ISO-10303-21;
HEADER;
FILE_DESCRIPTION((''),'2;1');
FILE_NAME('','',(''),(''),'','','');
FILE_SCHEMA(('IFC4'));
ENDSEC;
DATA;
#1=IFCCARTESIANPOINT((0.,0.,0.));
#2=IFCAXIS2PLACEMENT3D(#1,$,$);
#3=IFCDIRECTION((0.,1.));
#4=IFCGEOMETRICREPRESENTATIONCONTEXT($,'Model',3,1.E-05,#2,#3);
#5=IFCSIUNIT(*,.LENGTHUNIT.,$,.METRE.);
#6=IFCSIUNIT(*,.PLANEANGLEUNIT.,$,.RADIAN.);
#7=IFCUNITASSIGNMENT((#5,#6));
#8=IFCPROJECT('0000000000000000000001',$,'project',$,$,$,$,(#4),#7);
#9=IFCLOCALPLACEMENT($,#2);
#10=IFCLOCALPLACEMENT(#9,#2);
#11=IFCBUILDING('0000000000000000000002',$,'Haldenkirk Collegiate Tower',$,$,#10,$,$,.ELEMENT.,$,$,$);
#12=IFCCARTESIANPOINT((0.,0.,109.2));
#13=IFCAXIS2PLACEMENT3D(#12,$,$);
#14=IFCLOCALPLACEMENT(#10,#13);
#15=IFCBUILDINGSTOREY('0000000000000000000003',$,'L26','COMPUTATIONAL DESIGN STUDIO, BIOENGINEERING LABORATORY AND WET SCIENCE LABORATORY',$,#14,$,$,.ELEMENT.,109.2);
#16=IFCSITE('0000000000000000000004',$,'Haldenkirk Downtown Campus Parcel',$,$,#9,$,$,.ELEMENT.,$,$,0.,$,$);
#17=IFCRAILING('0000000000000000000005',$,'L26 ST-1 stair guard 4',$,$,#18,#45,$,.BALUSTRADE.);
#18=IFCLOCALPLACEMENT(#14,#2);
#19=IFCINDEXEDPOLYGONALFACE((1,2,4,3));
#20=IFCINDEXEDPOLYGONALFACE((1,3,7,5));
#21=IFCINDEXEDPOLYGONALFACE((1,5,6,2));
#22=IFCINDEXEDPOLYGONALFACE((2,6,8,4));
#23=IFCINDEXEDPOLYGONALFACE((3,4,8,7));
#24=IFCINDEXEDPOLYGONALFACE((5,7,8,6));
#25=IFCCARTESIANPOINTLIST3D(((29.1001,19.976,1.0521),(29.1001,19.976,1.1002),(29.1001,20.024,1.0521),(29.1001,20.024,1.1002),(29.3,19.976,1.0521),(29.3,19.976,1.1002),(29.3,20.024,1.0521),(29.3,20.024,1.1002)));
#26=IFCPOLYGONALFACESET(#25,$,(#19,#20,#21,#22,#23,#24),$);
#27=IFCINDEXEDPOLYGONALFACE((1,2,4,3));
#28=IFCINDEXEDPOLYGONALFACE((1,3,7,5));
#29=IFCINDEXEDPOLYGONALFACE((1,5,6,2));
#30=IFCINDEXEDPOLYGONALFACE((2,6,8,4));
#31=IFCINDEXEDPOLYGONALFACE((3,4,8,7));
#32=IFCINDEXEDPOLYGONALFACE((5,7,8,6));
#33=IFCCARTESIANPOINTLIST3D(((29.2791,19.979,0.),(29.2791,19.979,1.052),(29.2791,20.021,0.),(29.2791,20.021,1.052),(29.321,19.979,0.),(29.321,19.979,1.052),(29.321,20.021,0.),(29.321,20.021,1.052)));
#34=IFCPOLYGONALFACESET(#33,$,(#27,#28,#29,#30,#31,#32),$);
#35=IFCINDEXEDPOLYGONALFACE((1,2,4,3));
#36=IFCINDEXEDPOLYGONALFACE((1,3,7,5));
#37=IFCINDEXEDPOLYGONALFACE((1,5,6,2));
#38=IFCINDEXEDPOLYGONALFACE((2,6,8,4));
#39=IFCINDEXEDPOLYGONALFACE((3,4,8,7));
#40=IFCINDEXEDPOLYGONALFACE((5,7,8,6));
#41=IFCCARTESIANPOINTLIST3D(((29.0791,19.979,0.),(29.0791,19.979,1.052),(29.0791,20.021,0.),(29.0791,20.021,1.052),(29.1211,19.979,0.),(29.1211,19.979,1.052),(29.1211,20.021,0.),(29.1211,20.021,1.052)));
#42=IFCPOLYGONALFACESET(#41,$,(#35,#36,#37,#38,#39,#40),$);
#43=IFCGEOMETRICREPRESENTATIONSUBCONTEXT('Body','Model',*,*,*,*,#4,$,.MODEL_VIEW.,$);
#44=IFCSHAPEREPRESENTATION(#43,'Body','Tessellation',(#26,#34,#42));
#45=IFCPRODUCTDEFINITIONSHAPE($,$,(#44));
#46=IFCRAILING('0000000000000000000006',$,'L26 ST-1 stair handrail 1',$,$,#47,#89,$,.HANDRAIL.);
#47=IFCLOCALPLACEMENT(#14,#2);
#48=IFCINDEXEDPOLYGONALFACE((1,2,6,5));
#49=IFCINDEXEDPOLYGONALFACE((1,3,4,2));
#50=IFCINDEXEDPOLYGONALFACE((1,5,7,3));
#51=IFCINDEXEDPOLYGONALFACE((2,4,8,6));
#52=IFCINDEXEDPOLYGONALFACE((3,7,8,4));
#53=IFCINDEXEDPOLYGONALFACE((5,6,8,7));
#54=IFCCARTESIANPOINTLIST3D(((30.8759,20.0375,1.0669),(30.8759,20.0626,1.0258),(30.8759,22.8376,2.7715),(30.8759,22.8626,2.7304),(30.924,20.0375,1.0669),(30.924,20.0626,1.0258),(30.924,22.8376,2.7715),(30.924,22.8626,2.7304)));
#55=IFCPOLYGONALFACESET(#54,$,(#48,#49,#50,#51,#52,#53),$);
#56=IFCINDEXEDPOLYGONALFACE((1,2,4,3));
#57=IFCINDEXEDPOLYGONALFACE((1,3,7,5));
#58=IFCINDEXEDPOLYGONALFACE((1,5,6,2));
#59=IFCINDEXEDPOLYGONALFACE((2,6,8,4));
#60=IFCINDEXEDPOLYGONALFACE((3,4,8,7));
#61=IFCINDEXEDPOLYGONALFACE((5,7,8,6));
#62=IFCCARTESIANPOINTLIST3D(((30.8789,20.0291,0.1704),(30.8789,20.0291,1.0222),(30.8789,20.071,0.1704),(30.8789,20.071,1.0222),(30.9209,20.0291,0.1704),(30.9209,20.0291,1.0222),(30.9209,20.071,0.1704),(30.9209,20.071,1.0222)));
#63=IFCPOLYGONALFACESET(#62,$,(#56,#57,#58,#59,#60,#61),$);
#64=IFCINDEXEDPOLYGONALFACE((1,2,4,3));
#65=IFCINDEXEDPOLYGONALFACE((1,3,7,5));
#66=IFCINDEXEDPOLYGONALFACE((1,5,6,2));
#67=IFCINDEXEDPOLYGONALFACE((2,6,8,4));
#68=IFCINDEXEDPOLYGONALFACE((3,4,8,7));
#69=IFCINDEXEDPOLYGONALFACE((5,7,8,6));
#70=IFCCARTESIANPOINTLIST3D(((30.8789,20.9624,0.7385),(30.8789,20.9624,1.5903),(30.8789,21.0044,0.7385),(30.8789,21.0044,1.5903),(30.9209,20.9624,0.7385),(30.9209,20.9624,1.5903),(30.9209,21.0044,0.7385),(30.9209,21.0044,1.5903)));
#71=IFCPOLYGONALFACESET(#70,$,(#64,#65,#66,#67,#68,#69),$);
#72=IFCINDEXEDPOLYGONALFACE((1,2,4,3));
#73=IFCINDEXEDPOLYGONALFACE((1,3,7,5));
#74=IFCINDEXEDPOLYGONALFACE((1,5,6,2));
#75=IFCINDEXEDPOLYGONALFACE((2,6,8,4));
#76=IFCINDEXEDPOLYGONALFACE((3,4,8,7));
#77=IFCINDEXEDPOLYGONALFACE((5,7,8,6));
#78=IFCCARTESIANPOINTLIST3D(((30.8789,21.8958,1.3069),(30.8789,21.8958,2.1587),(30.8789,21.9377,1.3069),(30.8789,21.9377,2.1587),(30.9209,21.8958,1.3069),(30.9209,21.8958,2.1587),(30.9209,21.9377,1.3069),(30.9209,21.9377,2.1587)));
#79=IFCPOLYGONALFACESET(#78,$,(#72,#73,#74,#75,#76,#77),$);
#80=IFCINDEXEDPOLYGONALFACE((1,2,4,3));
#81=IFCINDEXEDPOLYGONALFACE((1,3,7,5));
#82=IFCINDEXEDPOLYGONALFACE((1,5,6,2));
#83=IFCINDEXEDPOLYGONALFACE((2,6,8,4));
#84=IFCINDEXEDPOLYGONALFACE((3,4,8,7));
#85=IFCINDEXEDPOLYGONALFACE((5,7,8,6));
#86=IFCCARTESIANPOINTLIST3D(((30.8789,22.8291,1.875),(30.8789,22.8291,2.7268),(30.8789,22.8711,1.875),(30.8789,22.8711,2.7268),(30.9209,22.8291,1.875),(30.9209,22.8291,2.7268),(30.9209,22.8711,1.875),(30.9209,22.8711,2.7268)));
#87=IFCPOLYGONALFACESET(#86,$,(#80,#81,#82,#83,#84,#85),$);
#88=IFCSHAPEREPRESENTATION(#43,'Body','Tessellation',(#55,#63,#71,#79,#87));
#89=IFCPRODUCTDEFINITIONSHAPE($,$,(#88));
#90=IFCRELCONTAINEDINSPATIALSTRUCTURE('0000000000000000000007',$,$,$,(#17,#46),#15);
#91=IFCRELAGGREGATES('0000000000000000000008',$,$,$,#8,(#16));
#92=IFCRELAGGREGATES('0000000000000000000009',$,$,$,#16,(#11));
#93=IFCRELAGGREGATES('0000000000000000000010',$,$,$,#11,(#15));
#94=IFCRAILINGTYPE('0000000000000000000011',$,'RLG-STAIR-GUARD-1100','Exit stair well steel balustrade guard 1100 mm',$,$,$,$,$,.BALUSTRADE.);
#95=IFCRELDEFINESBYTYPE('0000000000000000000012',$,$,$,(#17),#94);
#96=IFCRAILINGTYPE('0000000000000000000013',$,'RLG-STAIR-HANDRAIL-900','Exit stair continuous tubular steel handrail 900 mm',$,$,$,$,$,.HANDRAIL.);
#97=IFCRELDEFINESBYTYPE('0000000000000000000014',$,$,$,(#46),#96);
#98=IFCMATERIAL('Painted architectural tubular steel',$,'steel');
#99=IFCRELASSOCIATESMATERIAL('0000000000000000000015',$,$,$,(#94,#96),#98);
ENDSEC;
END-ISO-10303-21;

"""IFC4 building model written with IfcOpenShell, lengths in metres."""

from ifc_helpers import new_model, si_unit, direction, frame, origin, origin_2d, place, context, subcontext, project, spatial, rectangle, extrude, material, type_object, element, save


model = new_model("IFC4")

# Units and contexts
model_context = context("Model", 3, precision=1e-05, world=origin(), true_north=direction((0.0, 1.0)))
body_context = subcontext(model_context, "Body", "Model", "MODEL_VIEW")
ifc_project = project(units=[si_unit("LENGTHUNIT", "METRE"), si_unit("PLANEANGLEUNIT", "RADIAN")], contexts=[model_context])

# Site, building, storey
site_placement = place(None, origin())
site = spatial("IfcSite", under=ifc_project, at=site_placement, Name="Haldenkirk Downtown Campus Parcel", CompositionType="ELEMENT", RefElevation=0.0)
building_placement = place(site_placement, origin())
building = spatial("IfcBuilding", under=site, at=building_placement, Name="Haldenkirk Collegiate Tower", CompositionType="ELEMENT")
storey_placement = place(building_placement, frame((0.0, 0.0, 109.2)))
storey = spatial("IfcBuildingStorey", under=building, at=storey_placement, Name="L26", Description="COMPUTATIONAL DESIGN STUDIO, BIOENGINEERING LABORATORY AND WET SCIENCE LABORATORY", CompositionType="ELEMENT", Elevation=109.2)

# Railings
ifc_material_1 = material(Name="Painted architectural tubular steel", Category="steel")
railing_type_1 = type_object("IfcRailingType", Name="RLG-STAIR-GUARD-1100", Description="Exit stair well steel balustrade guard 1100 mm", PredefinedType="BALUSTRADE", material=ifc_material_1)
railing_1_placement = place(storey_placement, frame((29.3, 20.0, 0.0)))
element("IfcRailing", 1, at=railing_1_placement, inside=storey, type_object=railing_type_1, Name="L26 ST-1 stair guard 4", PredefinedType="BALUSTRADE", context=body_context, shape_type="SweptSolid", body=[
    extrude(rectangle(XDim=0.0481, YDim=0.0481, at=origin_2d()), frame((0.0, 0.0, 1.0762), z_axis=(-1.0, 0.0, 0.0), x_axis=(0.0, -1.0, 0.0)), (0.0, 0.0, 1.0), 0.2),
    extrude(rectangle(XDim=0.042, YDim=0.042, at=origin_2d()), origin(), (0.0, 0.0, 1.0), 1.052),
    extrude(rectangle(XDim=0.042, YDim=0.042, at=origin_2d()), frame((-0.2, 0.0, 0.0)), (0.0, 0.0, 1.0), 1.052),
])
railing_type_2 = type_object("IfcRailingType", Name="RLG-STAIR-HANDRAIL-900", Description="Exit stair continuous tubular steel handrail 900 mm", PredefinedType="HANDRAIL", material=ifc_material_1)
railing_2_placement = place(storey_placement, frame((30.8999, 20.05, 0.1704)))
element("IfcRailing", 2, at=railing_2_placement, inside=storey, type_object=railing_type_2, Name="L26 ST-1 stair handrail 1", PredefinedType="HANDRAIL", context=body_context, shape_type="SweptSolid", body=[
    extrude(rectangle(XDim=0.0481, YDim=0.0481, at=origin_2d()), frame((0.0, 0.0, 0.876), z_axis=(0.0, 0.85417, 0.519994), x_axis=(-1.0, 0.0, 0.0)), (0.0, 0.0, 1.0), 3.2781),
    extrude(rectangle(XDim=0.042, YDim=0.042, at=origin_2d()), origin(), (0.0, 0.0, 1.0), 0.8518),
    extrude(rectangle(XDim=0.042, YDim=0.042, at=origin_2d()), frame((0.0, 0.9333, 0.5681)), (0.0, 0.0, 1.0), 0.8518),
    extrude(rectangle(XDim=0.042, YDim=0.042, at=origin_2d()), frame((0.0, 1.8667, 1.1365)), (0.0, 0.0, 1.0), 0.8518),
    extrude(rectangle(XDim=0.042, YDim=0.042, at=origin_2d()), frame((0.0, 2.8, 1.7046)), (0.0, 0.0, 1.0), 0.8518),
])

save(model, "model.ifc")
